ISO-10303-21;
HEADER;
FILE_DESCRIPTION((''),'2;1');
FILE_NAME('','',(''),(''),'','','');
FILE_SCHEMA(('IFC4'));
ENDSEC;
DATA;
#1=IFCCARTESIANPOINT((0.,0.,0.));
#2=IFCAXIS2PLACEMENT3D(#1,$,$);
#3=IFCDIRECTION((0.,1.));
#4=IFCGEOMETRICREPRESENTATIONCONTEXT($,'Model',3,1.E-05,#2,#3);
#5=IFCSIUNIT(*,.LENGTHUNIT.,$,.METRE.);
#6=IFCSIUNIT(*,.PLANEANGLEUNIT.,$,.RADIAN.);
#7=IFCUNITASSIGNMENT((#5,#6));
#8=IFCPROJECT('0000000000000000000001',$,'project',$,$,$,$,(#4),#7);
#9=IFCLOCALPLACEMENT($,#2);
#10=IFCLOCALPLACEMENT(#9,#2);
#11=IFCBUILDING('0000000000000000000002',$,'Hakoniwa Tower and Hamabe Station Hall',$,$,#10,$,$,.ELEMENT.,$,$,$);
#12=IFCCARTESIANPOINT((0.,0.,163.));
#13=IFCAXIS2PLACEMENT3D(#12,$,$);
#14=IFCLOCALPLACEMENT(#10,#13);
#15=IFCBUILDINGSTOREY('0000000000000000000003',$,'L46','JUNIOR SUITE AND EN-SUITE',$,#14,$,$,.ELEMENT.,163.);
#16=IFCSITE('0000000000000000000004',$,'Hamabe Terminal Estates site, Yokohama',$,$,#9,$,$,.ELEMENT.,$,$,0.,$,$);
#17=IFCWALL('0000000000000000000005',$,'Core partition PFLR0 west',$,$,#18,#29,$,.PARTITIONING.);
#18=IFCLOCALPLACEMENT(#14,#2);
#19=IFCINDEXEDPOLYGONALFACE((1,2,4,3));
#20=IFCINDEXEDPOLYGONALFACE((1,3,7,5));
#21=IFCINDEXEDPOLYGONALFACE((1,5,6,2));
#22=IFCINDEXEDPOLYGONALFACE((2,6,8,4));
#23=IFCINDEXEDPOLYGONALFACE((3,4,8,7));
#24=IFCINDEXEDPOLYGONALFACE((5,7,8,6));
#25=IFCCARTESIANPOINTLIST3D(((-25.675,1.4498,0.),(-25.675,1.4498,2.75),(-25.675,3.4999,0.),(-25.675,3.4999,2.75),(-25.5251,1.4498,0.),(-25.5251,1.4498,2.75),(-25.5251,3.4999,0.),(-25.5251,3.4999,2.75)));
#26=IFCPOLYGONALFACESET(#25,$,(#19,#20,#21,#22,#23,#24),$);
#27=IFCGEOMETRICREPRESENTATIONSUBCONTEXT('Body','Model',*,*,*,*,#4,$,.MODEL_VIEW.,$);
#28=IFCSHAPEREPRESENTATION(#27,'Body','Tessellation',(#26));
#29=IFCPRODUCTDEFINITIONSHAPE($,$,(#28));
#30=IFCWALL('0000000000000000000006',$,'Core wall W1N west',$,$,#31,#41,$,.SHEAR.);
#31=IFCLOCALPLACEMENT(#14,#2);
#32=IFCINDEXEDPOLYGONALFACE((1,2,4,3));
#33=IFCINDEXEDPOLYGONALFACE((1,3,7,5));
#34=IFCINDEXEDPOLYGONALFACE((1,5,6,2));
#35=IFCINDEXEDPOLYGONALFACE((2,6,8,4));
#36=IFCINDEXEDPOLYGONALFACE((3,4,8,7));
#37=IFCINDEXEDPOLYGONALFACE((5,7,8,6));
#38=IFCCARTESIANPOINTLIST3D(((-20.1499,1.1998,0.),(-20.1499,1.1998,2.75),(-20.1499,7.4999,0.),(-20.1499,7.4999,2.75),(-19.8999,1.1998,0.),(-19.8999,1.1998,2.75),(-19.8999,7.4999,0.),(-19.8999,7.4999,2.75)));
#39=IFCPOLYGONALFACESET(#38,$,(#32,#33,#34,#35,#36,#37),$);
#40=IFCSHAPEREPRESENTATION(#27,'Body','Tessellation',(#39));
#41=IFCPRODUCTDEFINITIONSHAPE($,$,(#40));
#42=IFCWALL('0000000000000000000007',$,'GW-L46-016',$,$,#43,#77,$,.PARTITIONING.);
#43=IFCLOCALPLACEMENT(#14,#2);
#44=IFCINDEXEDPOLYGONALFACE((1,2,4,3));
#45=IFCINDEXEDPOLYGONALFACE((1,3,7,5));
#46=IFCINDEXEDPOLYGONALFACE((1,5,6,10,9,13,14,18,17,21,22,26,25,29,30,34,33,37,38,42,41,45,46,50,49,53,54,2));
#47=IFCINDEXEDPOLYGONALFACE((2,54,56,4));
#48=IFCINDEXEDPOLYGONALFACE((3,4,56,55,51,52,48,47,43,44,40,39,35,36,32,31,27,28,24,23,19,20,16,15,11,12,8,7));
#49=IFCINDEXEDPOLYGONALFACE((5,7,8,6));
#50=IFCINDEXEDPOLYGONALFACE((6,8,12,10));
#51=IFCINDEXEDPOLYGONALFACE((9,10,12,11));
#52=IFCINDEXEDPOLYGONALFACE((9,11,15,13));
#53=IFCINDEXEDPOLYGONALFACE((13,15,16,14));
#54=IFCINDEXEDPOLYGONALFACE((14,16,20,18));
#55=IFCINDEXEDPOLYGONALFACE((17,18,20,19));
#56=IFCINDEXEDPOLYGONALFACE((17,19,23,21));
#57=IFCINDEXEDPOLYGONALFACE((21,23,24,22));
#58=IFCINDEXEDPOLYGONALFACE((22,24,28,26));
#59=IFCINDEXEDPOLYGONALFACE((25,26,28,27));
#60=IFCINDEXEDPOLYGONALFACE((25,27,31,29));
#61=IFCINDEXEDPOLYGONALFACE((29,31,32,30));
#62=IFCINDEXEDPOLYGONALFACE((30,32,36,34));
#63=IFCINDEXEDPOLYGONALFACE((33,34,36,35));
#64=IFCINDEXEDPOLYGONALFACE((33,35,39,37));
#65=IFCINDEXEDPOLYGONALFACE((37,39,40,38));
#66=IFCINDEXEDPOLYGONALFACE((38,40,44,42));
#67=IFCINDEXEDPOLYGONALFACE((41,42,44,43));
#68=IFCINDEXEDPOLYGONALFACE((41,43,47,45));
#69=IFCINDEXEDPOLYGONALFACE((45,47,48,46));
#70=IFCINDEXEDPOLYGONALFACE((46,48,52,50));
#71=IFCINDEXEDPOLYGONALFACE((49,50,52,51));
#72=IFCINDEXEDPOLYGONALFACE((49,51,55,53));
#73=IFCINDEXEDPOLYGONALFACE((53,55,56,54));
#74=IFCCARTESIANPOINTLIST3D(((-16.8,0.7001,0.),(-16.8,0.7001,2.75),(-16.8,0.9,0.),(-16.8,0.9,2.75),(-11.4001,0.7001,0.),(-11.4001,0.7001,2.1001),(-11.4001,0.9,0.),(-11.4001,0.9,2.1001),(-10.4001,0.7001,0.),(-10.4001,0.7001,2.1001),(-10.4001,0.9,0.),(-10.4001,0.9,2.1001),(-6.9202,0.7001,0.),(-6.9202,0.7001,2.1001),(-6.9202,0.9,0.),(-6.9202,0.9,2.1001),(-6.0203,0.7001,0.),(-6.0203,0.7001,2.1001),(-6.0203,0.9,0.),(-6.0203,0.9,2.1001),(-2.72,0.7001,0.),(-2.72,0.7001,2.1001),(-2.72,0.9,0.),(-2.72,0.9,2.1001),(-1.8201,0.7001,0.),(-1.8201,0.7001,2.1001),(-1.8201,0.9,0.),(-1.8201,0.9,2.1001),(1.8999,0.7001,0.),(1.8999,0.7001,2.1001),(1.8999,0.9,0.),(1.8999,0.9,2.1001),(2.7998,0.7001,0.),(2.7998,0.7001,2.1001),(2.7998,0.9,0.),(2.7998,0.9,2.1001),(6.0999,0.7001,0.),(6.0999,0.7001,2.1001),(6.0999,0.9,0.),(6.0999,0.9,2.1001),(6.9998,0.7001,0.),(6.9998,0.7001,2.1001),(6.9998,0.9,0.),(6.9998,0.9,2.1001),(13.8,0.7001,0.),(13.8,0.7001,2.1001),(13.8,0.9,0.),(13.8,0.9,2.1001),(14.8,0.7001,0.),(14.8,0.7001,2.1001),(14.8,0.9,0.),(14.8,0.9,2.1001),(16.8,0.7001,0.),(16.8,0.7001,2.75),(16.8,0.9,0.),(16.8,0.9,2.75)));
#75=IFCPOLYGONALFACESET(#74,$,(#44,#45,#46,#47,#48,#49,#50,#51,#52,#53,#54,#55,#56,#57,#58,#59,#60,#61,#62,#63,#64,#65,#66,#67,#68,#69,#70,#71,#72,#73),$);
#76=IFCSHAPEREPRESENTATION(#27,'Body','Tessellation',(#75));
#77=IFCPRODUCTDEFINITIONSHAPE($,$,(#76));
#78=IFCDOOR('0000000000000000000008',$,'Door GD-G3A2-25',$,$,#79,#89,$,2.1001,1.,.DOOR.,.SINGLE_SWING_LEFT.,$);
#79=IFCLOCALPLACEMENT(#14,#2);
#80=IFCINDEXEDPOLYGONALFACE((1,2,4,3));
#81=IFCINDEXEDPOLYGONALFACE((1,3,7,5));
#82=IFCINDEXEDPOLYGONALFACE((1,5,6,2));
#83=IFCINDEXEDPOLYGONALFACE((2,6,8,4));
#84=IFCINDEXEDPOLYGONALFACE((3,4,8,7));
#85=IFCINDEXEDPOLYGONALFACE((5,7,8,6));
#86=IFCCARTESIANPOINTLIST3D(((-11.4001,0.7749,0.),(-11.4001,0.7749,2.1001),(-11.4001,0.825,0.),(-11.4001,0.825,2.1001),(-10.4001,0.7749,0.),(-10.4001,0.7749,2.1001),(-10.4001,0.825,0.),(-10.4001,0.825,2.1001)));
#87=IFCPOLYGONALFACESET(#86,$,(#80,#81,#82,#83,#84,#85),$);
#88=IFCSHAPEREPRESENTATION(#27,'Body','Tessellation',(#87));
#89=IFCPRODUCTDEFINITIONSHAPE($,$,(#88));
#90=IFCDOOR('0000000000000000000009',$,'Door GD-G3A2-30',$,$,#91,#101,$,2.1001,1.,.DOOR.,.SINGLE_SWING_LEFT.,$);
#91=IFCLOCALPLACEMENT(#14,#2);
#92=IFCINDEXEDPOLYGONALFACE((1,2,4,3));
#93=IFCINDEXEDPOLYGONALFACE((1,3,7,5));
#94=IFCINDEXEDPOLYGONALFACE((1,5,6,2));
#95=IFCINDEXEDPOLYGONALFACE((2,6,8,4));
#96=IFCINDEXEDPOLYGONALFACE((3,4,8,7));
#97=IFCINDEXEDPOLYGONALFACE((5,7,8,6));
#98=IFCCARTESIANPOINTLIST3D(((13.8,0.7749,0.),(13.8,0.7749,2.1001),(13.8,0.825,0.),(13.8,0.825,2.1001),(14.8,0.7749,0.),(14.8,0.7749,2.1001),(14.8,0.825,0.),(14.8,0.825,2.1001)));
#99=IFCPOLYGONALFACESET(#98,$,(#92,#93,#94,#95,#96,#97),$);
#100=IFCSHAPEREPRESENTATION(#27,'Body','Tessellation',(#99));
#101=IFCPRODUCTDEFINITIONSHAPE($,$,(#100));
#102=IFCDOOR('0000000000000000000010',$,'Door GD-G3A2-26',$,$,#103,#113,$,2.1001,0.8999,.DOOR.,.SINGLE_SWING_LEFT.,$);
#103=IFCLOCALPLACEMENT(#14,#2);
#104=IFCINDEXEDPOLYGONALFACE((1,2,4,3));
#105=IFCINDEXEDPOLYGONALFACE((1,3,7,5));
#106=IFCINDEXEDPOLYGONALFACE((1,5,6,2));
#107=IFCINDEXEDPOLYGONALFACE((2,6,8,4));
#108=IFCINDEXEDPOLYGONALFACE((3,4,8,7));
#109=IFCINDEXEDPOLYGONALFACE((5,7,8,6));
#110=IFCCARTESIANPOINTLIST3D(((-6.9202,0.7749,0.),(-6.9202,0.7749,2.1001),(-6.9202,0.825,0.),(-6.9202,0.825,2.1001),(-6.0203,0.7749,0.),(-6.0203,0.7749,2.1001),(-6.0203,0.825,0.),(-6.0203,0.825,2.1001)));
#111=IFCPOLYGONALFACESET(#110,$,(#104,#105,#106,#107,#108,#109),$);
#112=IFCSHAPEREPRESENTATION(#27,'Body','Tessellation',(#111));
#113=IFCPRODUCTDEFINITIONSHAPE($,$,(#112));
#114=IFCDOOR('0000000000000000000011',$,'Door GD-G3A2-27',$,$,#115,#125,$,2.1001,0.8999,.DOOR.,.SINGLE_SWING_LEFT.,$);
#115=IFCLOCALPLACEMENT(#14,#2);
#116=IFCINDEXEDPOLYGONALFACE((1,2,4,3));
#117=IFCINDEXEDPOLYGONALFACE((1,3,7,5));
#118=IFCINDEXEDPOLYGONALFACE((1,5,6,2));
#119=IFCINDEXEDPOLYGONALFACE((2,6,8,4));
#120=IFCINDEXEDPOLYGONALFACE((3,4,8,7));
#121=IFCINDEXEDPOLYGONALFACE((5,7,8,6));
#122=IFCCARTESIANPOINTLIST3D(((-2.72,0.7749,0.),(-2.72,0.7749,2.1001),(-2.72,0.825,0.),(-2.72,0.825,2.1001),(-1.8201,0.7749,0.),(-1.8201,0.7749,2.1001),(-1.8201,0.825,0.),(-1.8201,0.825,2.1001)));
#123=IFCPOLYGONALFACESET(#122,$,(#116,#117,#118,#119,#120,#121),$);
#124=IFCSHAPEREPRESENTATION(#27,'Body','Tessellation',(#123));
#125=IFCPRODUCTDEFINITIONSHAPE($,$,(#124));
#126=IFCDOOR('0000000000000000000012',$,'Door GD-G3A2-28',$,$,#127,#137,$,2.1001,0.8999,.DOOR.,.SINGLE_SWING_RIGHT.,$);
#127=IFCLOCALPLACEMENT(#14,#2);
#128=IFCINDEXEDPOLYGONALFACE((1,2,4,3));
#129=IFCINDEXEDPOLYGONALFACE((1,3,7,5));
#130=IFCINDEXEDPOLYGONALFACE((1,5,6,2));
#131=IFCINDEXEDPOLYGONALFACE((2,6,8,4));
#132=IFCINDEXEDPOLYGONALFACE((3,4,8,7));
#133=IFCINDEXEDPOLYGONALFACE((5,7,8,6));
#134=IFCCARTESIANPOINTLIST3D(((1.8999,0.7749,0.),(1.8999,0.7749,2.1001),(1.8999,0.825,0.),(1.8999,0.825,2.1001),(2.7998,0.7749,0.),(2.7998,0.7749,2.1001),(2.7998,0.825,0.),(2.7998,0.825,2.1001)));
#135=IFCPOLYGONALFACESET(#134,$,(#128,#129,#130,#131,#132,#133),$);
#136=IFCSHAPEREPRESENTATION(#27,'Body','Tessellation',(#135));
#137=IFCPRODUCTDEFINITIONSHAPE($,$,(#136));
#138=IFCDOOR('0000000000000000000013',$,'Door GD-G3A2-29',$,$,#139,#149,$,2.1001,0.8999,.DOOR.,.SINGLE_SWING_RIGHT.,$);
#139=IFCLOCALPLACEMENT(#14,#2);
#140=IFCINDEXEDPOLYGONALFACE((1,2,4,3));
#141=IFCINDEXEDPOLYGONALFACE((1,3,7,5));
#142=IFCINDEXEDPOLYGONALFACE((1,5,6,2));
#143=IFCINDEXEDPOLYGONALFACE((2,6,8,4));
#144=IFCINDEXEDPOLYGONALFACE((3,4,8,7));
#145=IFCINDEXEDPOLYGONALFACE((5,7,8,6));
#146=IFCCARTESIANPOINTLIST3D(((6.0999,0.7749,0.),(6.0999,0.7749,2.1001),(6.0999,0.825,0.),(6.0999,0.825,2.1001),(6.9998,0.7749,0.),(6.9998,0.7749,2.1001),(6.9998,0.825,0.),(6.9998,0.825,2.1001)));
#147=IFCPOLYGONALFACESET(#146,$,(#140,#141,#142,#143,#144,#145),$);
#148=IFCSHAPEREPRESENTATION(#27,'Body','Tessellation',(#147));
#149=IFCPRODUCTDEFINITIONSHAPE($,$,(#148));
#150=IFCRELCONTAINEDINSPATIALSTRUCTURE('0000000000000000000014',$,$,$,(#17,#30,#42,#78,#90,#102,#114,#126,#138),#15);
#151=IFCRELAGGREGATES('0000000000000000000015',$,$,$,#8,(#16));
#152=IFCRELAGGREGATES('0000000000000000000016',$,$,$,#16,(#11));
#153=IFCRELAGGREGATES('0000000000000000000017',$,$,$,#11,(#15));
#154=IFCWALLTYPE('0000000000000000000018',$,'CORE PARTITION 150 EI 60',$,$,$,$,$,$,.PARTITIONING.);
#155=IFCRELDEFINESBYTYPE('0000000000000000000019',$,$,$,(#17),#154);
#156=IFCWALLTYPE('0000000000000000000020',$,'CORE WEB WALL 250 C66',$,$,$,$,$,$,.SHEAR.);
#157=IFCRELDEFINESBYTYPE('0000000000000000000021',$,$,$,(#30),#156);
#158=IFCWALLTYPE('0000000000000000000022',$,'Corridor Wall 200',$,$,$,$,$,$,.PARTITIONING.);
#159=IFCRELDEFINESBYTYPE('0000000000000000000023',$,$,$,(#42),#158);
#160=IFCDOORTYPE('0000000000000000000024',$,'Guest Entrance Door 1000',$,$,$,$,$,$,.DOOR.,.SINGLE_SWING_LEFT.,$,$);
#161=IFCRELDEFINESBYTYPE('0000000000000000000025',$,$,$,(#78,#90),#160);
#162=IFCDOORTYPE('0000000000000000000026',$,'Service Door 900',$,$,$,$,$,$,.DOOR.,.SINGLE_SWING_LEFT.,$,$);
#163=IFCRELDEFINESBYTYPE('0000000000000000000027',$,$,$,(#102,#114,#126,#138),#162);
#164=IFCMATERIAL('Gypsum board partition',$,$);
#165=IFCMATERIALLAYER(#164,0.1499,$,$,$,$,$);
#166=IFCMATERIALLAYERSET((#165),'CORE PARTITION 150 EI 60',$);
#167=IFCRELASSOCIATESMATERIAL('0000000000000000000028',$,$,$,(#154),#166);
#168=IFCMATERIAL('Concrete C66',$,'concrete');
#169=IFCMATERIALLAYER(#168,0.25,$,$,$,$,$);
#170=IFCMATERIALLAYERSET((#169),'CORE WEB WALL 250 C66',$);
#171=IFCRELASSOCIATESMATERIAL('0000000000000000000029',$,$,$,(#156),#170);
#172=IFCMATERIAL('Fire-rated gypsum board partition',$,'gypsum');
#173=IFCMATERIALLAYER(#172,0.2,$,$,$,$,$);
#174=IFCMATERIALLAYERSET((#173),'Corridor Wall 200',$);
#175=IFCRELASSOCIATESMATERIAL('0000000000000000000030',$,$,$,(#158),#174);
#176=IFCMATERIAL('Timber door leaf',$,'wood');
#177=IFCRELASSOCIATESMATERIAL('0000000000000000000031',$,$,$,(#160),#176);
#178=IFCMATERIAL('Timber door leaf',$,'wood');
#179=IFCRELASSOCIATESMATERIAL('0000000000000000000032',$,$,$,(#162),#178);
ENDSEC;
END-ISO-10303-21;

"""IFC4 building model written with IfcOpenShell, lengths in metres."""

from ifc_helpers import new_model, si_unit, direction, frame, frame_2d, origin, place, context, subcontext, project, spatial, rectangle, extrude, material, layer, layer_set, type_object, element, fill, save


model = new_model("IFC4")

# Units and contexts
model_context = context("Model", 3, precision=1e-05, world=origin(), true_north=direction((0.0, 1.0)))
body_context = subcontext(model_context, "Body", "Model", "MODEL_VIEW")
ifc_project = project(units=[si_unit("LENGTHUNIT", "METRE"), si_unit("PLANEANGLEUNIT", "RADIAN")], contexts=[model_context])

# Site, building, storey
site_placement = place(None, origin())
site = spatial("IfcSite", under=ifc_project, at=site_placement, Name="Hamabe Terminal Estates site, Yokohama", CompositionType="ELEMENT", RefElevation=0.0)
building_placement = place(site_placement, origin())
building = spatial("IfcBuilding", under=site, at=building_placement, Name="Hakoniwa Tower and Hamabe Station Hall", CompositionType="ELEMENT")
storey_placement = place(building_placement, frame((0.0, 0.0, 163.0)))
storey = spatial("IfcBuildingStorey", under=building, at=storey_placement, Name="L46", Description="JUNIOR SUITE AND EN-SUITE", CompositionType="ELEMENT", Elevation=163.0)

# Walls
ifc_material_1 = material(Name="Gypsum board partition")
ifc_layer_1 = layer(ifc_material_1, 0.1499)
ifc_layer_set_1 = layer_set([ifc_layer_1], Name="CORE PARTITION 150 EI 60")
wall_type_1 = type_object("IfcWallType", Name="CORE PARTITION 150 EI 60", PredefinedType="PARTITIONING", material=ifc_layer_set_1)
wall_1_placement = place(storey_placement, frame((-25.6001, 1.45, 0.0), z_axis=(0.0, 0.0, 1.0), x_axis=(0.0, 1.0, 0.0)))
element("IfcWall", 1, at=wall_1_placement, inside=storey, type_object=wall_type_1, Name="Core partition PFLR0 west", PredefinedType="PARTITIONING", context=body_context, shape_type="SweptSolid", body=[
    extrude(rectangle(XDim=2.05, YDim=0.1499, at=frame_2d((1.0249, 0.0))), origin(), (0.0, 0.0, 1.0), 2.75),
])
ifc_material_2 = material(Name="Concrete C66", Category="concrete")
ifc_layer_2 = layer(ifc_material_2, 0.25)
ifc_layer_set_2 = layer_set([ifc_layer_2], Name="CORE WEB WALL 250 C66")
wall_type_2 = type_object("IfcWallType", Name="CORE WEB WALL 250 C66", PredefinedType="SHEAR", material=ifc_layer_set_2)
wall_2_placement = place(storey_placement, frame((-20.0249, 1.2, 0.0), z_axis=(0.0, 0.0, 1.0), x_axis=(0.0, 1.0, 0.0)))
element("IfcWall", 2, at=wall_2_placement, inside=storey, type_object=wall_type_2, Name="Core wall W1N west", PredefinedType="SHEAR", context=body_context, shape_type="SweptSolid", body=[
    extrude(rectangle(XDim=6.3, YDim=0.25, at=frame_2d((3.1499, 0.0))), origin(), (0.0, 0.0, 1.0), 2.75),
])

# Wall, openings, doors
ifc_material_3 = material(Name="Fire-rated gypsum board partition", Category="gypsum")
ifc_layer_3 = layer(ifc_material_3, 0.2)
ifc_layer_set_3 = layer_set([ifc_layer_3], Name="Corridor Wall 200")
wall_type_3 = type_object("IfcWallType", Name="Corridor Wall 200", PredefinedType="PARTITIONING", material=ifc_layer_set_3)
wall_3_placement = place(storey_placement, frame((-16.8, 0.8, 0.0), z_axis=(0.0, 0.0, 1.0), x_axis=(1.0, 0.0, 0.0)))
wall_3 = element("IfcWall", 3, at=wall_3_placement, inside=storey, type_object=wall_type_3, Name="GW-L46-016", PredefinedType="PARTITIONING", context=body_context, shape_type="SweptSolid", body=[
    extrude(rectangle(XDim=33.6001, YDim=0.2, at=frame_2d((16.8, 0.0))), origin(), (0.0, 0.0, 1.0), 2.75),
])
opening_1_placement = place(wall_3_placement, frame((5.3999, 0.0, 0.0)))
opening_1 = element("IfcOpeningElement", 4, at=opening_1_placement, cuts=wall_3, PredefinedType="OPENING", context=body_context, shape_type="SweptSolid", body=[
    extrude(rectangle(XDim=1.0, YDim=2.1001, at=frame_2d((0.5, 1.05))), frame((0.0, 0.1099, 0.0), z_axis=(0.0, -1.0, 0.0), x_axis=(1.0, 0.0, 0.0)), (0.0, 0.0, 1.0), 0.22),
])
opening_2_placement = place(wall_3_placement, frame((9.8799, 0.0, 0.0)))
opening_2 = element("IfcOpeningElement", 5, at=opening_2_placement, cuts=wall_3, PredefinedType="OPENING", context=body_context, shape_type="SweptSolid", body=[
    extrude(rectangle(XDim=0.8999, YDim=2.1001, at=frame_2d((0.45, 1.05))), frame((0.0, 0.1099, 0.0), z_axis=(0.0, -1.0, 0.0), x_axis=(1.0, 0.0, 0.0)), (0.0, 0.0, 1.0), 0.22),
])
opening_3_placement = place(wall_3_placement, frame((14.0801, 0.0, 0.0)))
opening_3 = element("IfcOpeningElement", 6, at=opening_3_placement, cuts=wall_3, PredefinedType="OPENING", context=body_context, shape_type="SweptSolid", body=[
    extrude(rectangle(XDim=0.8999, YDim=2.1001, at=frame_2d((0.45, 1.05))), frame((0.0, 0.1099, 0.0), z_axis=(0.0, -1.0, 0.0), x_axis=(1.0, 0.0, 0.0)), (0.0, 0.0, 1.0), 0.22),
])
opening_4_placement = place(wall_3_placement, frame((18.7, 0.0, 0.0)))
opening_4 = element("IfcOpeningElement", 7, at=opening_4_placement, cuts=wall_3, PredefinedType="OPENING", context=body_context, shape_type="SweptSolid", body=[
    extrude(rectangle(XDim=0.8999, YDim=2.1001, at=frame_2d((0.45, 1.05))), frame((0.0, 0.1099, 0.0), z_axis=(0.0, -1.0, 0.0), x_axis=(1.0, 0.0, 0.0)), (0.0, 0.0, 1.0), 0.22),
])
opening_5_placement = place(wall_3_placement, frame((22.8999, 0.0, 0.0)))
opening_5 = element("IfcOpeningElement", 8, at=opening_5_placement, cuts=wall_3, PredefinedType="OPENING", context=body_context, shape_type="SweptSolid", body=[
    extrude(rectangle(XDim=0.8999, YDim=2.1001, at=frame_2d((0.45, 1.05))), frame((0.0, 0.1099, 0.0), z_axis=(0.0, -1.0, 0.0), x_axis=(1.0, 0.0, 0.0)), (0.0, 0.0, 1.0), 0.22),
])
opening_6_placement = place(wall_3_placement, frame((30.6001, 0.0, 0.0)))
opening_6 = element("IfcOpeningElement", 9, at=opening_6_placement, cuts=wall_3, PredefinedType="OPENING", context=body_context, shape_type="SweptSolid", body=[
    extrude(rectangle(XDim=1.0, YDim=2.1001, at=frame_2d((0.5, 1.05))), frame((0.0, 0.1099, 0.0), z_axis=(0.0, -1.0, 0.0), x_axis=(1.0, 0.0, 0.0)), (0.0, 0.0, 1.0), 0.22),
])
ifc_material_4 = material(Name="Timber door leaf", Category="wood")
door_type_1 = type_object("IfcDoorType", Name="Guest Entrance Door 1000", OperationType="SINGLE_SWING_LEFT", PredefinedType="DOOR", material=ifc_material_4)
door_1_placement = place(opening_1_placement, origin())
door_1 = element("IfcDoor", 10, at=door_1_placement, inside=storey, type_object=door_type_1, Name="Door GD-G3A2-25", OperationType="SINGLE_SWING_LEFT", OverallHeight=2.1001, OverallWidth=1.0, PredefinedType="DOOR", context=body_context, shape_type="SweptSolid", body=[
    extrude(rectangle(XDim=1.0, YDim=2.1001, at=frame_2d((0.5, 1.05))), frame((0.0, 0.0249, 0.0), z_axis=(0.0, -1.0, 0.0), x_axis=(1.0, 0.0, 0.0)), (0.0, 0.0, 1.0), 0.05),
])
fill(opening_1, door_1)
door_2_placement = place(opening_6_placement, origin())
door_2 = element("IfcDoor", 11, at=door_2_placement, inside=storey, type_object=door_type_1, Name="Door GD-G3A2-30", OperationType="SINGLE_SWING_LEFT", OverallHeight=2.1001, OverallWidth=1.0, PredefinedType="DOOR", context=body_context, shape_type="SweptSolid", body=[
    extrude(rectangle(XDim=1.0, YDim=2.1001, at=frame_2d((0.5, 1.05))), frame((0.0, 0.0249, 0.0), z_axis=(0.0, -1.0, 0.0), x_axis=(1.0, 0.0, 0.0)), (0.0, 0.0, 1.0), 0.05),
])
fill(opening_6, door_2)
ifc_material_5 = material(Name="Timber door leaf", Category="wood")
door_type_2 = type_object("IfcDoorType", Name="Service Door 900", OperationType="SINGLE_SWING_LEFT", PredefinedType="DOOR", material=ifc_material_5)
door_3_placement = place(opening_2_placement, origin())
door_3 = element("IfcDoor", 12, at=door_3_placement, inside=storey, type_object=door_type_2, Name="Door GD-G3A2-26", OperationType="SINGLE_SWING_LEFT", OverallHeight=2.1001, OverallWidth=0.8999, PredefinedType="DOOR", context=body_context, shape_type="SweptSolid", body=[
    extrude(rectangle(XDim=0.8999, YDim=2.1001, at=frame_2d((0.45, 1.05))), frame((0.0, 0.0249, 0.0), z_axis=(0.0, -1.0, 0.0), x_axis=(1.0, 0.0, 0.0)), (0.0, 0.0, 1.0), 0.05),
])
fill(opening_2, door_3)
door_4_placement = place(opening_3_placement, origin())
door_4 = element("IfcDoor", 13, at=door_4_placement, inside=storey, type_object=door_type_2, Name="Door GD-G3A2-27", OperationType="SINGLE_SWING_LEFT", OverallHeight=2.1001, OverallWidth=0.8999, PredefinedType="DOOR", context=body_context, shape_type="SweptSolid", body=[
    extrude(rectangle(XDim=0.8999, YDim=2.1001, at=frame_2d((0.45, 1.05))), frame((0.0, 0.0249, 0.0), z_axis=(0.0, -1.0, 0.0), x_axis=(1.0, 0.0, 0.0)), (0.0, 0.0, 1.0), 0.05),
])
fill(opening_3, door_4)
door_5_placement = place(opening_4_placement, origin())
door_5 = element("IfcDoor", 14, at=door_5_placement, inside=storey, type_object=door_type_2, Name="Door GD-G3A2-28", OperationType="SINGLE_SWING_RIGHT", OverallHeight=2.1001, OverallWidth=0.8999, PredefinedType="DOOR", context=body_context, shape_type="SweptSolid", body=[
    extrude(rectangle(XDim=0.8999, YDim=2.1001, at=frame_2d((0.45, 1.05))), frame((0.0, 0.0249, 0.0), z_axis=(0.0, -1.0, 0.0), x_axis=(1.0, 0.0, 0.0)), (0.0, 0.0, 1.0), 0.05),
])
fill(opening_4, door_5)
door_6_placement = place(opening_5_placement, origin())
door_6 = element("IfcDoor", 15, at=door_6_placement, inside=storey, type_object=door_type_2, Name="Door GD-G3A2-29", OperationType="SINGLE_SWING_RIGHT", OverallHeight=2.1001, OverallWidth=0.8999, PredefinedType="DOOR", context=body_context, shape_type="SweptSolid", body=[
    extrude(rectangle(XDim=0.8999, YDim=2.1001, at=frame_2d((0.45, 1.05))), frame((0.0, 0.0249, 0.0), z_axis=(0.0, -1.0, 0.0), x_axis=(1.0, 0.0, 0.0)), (0.0, 0.0, 1.0), 0.05),
])
fill(opening_5, door_6)

save(model, "model.ifc")
